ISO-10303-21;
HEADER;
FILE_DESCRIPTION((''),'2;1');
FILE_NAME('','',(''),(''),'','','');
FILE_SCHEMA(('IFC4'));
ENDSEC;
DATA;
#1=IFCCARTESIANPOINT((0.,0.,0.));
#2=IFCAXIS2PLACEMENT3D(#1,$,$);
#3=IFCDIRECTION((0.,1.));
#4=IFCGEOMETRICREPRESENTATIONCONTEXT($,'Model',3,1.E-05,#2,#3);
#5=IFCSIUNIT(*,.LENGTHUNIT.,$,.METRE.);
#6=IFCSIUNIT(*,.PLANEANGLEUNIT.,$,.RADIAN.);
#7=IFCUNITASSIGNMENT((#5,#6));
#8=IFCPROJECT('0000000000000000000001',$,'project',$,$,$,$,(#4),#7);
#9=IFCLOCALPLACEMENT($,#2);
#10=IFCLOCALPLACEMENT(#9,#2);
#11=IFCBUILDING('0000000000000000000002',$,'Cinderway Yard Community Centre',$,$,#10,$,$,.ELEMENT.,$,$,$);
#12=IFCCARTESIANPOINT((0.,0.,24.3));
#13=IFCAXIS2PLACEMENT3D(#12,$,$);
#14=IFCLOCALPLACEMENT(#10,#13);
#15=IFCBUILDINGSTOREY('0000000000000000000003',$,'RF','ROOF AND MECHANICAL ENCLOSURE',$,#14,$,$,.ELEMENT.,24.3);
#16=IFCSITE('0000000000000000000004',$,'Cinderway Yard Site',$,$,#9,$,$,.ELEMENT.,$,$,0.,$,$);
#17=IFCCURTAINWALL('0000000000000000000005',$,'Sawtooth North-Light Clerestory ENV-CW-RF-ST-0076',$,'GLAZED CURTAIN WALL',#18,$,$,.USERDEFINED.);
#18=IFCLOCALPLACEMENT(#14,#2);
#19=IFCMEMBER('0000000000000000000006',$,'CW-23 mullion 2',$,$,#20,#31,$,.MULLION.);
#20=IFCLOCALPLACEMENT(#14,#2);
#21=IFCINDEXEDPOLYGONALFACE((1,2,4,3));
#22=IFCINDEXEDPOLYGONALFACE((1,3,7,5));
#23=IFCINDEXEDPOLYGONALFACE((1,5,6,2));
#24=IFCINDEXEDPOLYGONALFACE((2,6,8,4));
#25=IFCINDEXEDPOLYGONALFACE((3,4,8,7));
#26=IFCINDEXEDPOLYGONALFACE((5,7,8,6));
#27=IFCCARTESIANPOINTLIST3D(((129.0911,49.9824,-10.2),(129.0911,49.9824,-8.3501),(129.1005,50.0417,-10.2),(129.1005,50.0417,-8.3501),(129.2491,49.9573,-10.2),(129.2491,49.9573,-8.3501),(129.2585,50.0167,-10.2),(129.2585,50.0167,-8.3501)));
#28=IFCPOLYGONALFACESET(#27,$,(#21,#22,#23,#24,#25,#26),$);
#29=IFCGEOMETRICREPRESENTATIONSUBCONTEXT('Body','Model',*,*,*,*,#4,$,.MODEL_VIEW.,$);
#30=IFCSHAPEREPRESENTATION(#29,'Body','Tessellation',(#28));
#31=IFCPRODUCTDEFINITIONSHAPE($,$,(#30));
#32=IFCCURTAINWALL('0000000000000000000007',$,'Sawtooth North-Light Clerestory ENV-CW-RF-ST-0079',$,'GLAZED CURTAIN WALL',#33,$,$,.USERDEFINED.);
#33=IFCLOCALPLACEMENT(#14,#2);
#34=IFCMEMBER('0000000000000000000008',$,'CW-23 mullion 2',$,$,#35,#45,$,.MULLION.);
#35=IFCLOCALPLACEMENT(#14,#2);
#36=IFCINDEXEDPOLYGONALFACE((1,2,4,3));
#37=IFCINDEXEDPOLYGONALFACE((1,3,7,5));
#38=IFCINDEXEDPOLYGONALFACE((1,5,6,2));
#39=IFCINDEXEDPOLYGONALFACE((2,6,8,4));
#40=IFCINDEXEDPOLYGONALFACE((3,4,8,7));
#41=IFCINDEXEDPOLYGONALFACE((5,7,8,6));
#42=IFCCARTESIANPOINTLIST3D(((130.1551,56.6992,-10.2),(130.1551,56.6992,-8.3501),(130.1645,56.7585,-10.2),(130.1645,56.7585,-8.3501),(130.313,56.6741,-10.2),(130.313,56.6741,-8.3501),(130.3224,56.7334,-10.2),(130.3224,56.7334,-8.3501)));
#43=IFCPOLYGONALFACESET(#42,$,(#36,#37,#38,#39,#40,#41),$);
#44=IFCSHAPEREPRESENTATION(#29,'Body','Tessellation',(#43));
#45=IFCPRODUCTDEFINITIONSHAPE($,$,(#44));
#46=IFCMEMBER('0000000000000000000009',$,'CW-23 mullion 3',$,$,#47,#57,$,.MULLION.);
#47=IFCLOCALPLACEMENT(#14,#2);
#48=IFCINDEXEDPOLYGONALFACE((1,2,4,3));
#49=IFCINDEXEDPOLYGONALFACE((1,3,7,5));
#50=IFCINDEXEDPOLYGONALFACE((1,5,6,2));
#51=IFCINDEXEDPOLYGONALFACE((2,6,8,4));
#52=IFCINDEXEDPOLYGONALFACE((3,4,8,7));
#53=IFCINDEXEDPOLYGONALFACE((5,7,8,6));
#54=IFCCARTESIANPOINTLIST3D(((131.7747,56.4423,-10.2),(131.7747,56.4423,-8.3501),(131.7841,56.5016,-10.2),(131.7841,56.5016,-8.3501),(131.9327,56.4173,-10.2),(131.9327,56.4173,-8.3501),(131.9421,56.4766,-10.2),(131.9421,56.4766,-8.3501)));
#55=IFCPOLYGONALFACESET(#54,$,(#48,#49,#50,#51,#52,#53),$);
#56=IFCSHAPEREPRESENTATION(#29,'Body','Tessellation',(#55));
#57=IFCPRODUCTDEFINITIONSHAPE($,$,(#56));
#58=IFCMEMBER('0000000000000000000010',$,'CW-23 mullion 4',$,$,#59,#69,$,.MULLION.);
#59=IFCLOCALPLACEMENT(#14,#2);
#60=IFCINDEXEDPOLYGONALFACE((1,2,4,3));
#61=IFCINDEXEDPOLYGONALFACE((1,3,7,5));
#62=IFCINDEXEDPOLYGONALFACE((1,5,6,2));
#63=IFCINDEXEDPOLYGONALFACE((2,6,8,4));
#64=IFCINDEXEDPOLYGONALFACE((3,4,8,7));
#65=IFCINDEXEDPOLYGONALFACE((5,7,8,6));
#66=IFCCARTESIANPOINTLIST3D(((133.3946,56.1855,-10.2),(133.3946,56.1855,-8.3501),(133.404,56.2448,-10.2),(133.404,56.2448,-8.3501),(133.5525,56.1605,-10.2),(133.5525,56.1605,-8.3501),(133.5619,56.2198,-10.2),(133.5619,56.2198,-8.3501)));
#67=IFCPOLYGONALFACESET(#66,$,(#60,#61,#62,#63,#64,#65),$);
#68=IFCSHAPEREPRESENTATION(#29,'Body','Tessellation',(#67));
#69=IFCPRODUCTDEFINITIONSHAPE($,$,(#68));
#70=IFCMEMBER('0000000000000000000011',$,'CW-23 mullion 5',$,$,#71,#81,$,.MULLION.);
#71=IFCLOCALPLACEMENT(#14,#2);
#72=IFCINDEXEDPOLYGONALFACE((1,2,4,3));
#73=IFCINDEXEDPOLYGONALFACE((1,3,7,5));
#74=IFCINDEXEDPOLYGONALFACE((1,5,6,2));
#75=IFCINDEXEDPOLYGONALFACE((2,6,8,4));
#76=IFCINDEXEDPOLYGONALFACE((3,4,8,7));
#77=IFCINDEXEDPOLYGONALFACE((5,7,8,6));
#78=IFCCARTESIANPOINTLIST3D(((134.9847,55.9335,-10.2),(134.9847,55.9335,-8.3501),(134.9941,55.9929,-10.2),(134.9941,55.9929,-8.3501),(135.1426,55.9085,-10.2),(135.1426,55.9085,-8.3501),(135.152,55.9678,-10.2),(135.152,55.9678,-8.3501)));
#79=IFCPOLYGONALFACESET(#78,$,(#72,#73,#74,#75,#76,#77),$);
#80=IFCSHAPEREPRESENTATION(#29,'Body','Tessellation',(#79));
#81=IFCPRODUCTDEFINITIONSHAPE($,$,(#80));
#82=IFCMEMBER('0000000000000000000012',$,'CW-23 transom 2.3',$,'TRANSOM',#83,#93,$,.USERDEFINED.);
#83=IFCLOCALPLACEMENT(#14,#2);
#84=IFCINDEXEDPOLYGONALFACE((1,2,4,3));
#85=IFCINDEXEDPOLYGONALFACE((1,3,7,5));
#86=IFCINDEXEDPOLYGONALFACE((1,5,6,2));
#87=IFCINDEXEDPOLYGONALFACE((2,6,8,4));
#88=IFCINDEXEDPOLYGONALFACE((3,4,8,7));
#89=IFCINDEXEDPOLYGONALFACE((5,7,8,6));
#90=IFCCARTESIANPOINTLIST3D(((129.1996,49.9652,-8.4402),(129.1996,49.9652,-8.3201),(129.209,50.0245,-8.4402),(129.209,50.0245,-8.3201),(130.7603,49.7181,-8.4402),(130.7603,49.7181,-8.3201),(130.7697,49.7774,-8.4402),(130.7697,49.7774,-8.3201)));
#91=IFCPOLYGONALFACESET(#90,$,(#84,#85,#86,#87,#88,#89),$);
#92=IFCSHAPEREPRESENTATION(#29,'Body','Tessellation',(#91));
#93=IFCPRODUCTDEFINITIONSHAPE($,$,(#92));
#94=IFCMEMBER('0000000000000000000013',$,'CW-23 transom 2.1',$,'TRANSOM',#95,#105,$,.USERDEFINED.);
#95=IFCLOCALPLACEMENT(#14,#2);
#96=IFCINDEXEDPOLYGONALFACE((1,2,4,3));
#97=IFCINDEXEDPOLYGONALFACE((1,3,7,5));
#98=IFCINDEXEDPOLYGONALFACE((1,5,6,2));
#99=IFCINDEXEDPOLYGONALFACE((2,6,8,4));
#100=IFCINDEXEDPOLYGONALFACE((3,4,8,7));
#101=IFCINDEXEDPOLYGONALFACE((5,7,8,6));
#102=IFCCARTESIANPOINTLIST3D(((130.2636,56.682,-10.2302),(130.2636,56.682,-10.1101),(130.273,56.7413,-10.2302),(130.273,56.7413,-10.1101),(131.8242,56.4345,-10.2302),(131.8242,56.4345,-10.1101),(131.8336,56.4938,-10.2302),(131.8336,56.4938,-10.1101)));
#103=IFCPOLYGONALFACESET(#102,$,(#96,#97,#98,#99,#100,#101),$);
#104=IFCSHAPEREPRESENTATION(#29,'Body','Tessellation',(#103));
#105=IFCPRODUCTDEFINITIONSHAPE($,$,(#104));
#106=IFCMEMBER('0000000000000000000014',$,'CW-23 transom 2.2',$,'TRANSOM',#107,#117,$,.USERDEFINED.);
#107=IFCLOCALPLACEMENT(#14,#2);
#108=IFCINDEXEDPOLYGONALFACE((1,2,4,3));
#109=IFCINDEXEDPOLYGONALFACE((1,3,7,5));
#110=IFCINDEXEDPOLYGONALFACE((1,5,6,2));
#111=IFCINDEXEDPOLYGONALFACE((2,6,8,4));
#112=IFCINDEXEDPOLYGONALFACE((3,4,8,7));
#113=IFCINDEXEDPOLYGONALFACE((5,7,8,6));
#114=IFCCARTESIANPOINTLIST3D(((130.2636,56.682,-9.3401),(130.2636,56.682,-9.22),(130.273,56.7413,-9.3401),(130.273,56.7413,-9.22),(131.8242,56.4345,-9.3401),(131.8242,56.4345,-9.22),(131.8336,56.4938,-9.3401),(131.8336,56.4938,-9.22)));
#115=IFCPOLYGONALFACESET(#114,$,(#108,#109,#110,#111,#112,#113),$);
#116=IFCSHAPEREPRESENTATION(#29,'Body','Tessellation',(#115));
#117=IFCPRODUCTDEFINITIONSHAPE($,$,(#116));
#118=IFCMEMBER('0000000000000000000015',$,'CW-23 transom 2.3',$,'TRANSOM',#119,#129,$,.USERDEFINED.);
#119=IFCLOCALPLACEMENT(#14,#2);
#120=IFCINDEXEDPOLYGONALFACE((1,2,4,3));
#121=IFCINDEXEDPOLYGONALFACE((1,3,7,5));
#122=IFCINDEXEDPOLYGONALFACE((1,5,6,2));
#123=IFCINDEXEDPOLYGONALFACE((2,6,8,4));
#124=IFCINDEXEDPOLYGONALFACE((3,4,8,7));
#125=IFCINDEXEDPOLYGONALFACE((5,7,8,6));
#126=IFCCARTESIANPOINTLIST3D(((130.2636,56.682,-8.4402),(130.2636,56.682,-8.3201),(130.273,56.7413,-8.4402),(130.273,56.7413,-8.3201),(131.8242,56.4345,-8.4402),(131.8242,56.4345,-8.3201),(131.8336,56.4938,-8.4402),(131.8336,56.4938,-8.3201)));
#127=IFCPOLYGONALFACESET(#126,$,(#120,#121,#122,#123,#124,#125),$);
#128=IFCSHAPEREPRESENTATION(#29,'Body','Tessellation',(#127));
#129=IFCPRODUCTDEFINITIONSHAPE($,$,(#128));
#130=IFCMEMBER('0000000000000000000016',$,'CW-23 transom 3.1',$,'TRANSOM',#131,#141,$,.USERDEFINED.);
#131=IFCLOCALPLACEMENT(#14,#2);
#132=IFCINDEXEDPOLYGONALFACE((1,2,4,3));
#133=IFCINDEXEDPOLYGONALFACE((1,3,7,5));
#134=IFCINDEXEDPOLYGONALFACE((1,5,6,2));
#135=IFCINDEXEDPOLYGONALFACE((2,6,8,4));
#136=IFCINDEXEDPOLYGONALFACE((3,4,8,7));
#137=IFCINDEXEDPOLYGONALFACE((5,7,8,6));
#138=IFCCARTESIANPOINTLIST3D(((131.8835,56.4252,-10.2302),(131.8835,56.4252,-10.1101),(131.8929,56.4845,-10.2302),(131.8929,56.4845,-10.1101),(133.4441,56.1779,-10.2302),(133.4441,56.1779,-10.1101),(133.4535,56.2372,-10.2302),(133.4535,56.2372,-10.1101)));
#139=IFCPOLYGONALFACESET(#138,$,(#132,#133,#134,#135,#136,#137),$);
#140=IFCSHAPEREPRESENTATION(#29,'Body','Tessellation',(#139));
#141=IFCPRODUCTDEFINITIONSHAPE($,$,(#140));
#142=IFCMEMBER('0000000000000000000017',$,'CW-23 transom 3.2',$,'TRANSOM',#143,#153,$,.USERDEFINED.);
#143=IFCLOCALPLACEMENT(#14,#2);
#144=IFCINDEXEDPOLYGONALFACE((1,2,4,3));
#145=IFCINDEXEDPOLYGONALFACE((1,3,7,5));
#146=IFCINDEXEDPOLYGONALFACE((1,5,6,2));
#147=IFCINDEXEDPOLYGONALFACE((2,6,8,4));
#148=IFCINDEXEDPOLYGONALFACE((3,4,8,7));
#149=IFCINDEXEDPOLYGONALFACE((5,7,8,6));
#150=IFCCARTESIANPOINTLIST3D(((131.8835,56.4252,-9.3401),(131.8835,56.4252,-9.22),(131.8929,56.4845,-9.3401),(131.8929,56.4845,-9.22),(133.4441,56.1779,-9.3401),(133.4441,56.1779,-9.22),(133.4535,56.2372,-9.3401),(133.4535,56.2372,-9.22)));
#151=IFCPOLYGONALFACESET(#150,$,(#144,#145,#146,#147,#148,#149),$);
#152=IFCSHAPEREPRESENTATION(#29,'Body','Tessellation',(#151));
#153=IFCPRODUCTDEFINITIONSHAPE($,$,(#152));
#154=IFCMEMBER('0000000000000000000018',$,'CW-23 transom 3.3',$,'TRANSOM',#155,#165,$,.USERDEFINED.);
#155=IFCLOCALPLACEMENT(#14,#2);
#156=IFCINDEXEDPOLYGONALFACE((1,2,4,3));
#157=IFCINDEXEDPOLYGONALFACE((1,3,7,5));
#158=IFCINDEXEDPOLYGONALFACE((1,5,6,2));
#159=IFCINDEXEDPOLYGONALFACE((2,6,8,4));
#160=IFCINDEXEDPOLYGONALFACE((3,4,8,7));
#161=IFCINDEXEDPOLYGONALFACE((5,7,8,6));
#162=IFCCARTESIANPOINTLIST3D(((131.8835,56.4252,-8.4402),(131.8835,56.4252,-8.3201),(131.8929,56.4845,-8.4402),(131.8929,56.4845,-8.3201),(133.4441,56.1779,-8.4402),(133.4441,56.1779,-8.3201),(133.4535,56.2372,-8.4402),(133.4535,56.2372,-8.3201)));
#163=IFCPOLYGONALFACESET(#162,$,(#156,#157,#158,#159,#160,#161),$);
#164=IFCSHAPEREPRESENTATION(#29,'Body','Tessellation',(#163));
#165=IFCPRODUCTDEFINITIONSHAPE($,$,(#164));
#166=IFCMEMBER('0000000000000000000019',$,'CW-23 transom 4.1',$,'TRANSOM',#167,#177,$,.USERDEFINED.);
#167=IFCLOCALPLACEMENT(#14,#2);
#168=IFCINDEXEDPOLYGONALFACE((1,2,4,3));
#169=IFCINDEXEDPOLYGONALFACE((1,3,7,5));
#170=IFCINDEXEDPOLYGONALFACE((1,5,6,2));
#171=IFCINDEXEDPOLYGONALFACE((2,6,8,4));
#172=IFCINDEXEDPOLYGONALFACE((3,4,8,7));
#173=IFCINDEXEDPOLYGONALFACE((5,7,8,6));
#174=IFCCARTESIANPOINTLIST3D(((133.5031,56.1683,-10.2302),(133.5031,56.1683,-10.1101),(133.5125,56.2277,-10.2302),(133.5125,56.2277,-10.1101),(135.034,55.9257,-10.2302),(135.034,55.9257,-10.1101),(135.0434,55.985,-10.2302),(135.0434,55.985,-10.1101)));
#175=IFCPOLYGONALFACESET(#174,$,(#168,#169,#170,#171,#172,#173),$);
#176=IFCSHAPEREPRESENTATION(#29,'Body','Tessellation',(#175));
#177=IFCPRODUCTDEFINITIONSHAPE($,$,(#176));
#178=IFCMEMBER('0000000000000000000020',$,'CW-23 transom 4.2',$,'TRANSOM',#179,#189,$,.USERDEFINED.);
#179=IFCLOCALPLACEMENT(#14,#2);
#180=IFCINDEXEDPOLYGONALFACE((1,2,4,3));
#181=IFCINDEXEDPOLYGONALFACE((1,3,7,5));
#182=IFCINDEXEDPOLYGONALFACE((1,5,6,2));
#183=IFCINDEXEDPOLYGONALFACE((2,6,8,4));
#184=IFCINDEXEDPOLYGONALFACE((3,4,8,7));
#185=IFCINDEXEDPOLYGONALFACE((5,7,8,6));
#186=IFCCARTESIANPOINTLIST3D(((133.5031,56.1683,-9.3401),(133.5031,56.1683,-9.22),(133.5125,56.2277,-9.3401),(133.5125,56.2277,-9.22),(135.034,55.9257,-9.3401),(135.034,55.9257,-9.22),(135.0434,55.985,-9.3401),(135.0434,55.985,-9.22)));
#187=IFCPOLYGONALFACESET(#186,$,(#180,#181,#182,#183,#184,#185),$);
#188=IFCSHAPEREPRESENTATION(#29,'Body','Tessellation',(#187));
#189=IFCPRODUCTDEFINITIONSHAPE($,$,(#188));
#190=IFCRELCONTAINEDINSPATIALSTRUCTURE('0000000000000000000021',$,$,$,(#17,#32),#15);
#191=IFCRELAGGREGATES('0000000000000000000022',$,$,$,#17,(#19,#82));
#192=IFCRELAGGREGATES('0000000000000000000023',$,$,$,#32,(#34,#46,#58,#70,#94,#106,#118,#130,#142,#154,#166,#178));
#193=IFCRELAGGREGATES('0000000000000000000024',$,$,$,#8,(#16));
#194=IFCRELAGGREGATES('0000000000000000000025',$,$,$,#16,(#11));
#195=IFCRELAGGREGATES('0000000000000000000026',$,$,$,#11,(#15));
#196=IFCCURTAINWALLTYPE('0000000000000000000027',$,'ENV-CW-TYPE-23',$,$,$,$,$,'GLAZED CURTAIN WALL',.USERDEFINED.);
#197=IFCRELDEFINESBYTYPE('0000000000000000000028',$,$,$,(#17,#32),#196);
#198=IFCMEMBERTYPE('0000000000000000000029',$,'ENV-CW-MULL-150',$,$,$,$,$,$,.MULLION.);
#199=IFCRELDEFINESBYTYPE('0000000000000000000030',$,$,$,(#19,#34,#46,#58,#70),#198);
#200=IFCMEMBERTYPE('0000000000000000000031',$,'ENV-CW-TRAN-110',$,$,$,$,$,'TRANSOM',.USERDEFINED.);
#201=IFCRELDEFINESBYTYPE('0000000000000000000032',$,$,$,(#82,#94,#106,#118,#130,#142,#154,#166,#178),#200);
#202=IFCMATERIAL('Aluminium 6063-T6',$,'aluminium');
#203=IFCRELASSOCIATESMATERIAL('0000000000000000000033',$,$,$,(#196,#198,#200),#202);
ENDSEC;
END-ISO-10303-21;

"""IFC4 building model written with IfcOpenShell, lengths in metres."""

from ifc_helpers import new_model, si_unit, direction, frame, origin, origin_2d, place, context, subcontext, project, spatial, rectangle, extrude, material, material_profile, profile_set, type_object, element, aggregate, save


model = new_model("IFC4")

# Units and contexts
model_context = context("Model", 3, precision=1e-05, world=origin(), true_north=direction((0.0, 1.0)))
body_context = subcontext(model_context, "Body", "Model", "MODEL_VIEW")
ifc_project = project(units=[si_unit("LENGTHUNIT", "METRE"), si_unit("PLANEANGLEUNIT", "RADIAN")], contexts=[model_context])

# Site, building, storey
site_placement = place(None, origin())
site = spatial("IfcSite", under=ifc_project, at=site_placement, Name="Cinderway Yard Site", CompositionType="ELEMENT", RefElevation=0.0)
building_placement = place(site_placement, origin())
building = spatial("IfcBuilding", under=site, at=building_placement, Name="Cinderway Yard Community Centre", CompositionType="ELEMENT")
storey_placement = place(building_placement, frame((0.0, 0.0, 24.3)))
storey = spatial("IfcBuildingStorey", under=building, at=storey_placement, Name="RF", Description="ROOF AND MECHANICAL ENCLOSURE", CompositionType="ELEMENT", Elevation=24.3)

# Curtain wall, member
ifc_material_1 = material(Name="Aluminium 6063-T6", Category="aluminium")
curtain_wall_type = type_object("IfcCurtainWallType", Name="ENV-CW-TYPE-23", ElementType="GLAZED CURTAIN WALL", PredefinedType="USERDEFINED", material=ifc_material_1)
curtain_wall_1_placement = place(storey_placement, origin())
curtain_wall_1 = element("IfcCurtainWall", 1, at=curtain_wall_1_placement, inside=storey, type_object=curtain_wall_type, Name="Sawtooth North-Light Clerestory ENV-CW-RF-ST-0076", ObjectType="GLAZED CURTAIN WALL", PredefinedType="USERDEFINED")
ifc_material_profile_1 = material_profile(ifc_material_1, rectangle(XDim=0.0601, YDim=0.1599, at=origin_2d()), Name="Aluminium 6063-T6")
ifc_profile_set_1 = profile_set([ifc_material_profile_1], Name="Aluminium 6063-T6")
member_type_1 = type_object("IfcMemberType", Name="ENV-CW-MULL-150", PredefinedType="MULLION", material=ifc_profile_set_1)
member_1_placement = place(storey_placement, frame((129.1748, 49.9995, -10.2), z_axis=(0.0, 0.0, 1.0), x_axis=(0.156409, 0.987692, 0.0)))
member_1 = element("IfcMember", 2, at=member_1_placement, type_object=member_type_1, Name="CW-23 mullion 2", PredefinedType="MULLION", context=body_context, shape_type="SweptSolid", body=[
    extrude(rectangle(XDim=0.0601, YDim=0.1599, at=origin_2d()), origin(), (0.0, 0.0, 1.0), 1.8499),
])

# Curtain wall, members
curtain_wall_2_placement = place(storey_placement, origin())
curtain_wall_2 = element("IfcCurtainWall", 3, at=curtain_wall_2_placement, inside=storey, type_object=curtain_wall_type, Name="Sawtooth North-Light Clerestory ENV-CW-RF-ST-0079", ObjectType="GLAZED CURTAIN WALL", PredefinedType="USERDEFINED")
member_2_placement = place(storey_placement, frame((130.2388, 56.7163, -10.2), z_axis=(0.0, 0.0, 1.0), x_axis=(0.156557, 0.987669, 0.0)))
member_2 = element("IfcMember", 4, at=member_2_placement, type_object=member_type_1, Name="CW-23 mullion 2", PredefinedType="MULLION", context=body_context, shape_type="SweptSolid", body=[
    extrude(rectangle(XDim=0.0601, YDim=0.1599, at=origin_2d()), origin(), (0.0, 0.0, 1.0), 1.8499),
])
member_3_placement = place(storey_placement, frame((131.8584, 56.4595, -10.2), z_axis=(0.0, 0.0, 1.0), x_axis=(0.156557, 0.987669, 0.0)))
member_3 = element("IfcMember", 5, at=member_3_placement, type_object=member_type_1, Name="CW-23 mullion 3", PredefinedType="MULLION", context=body_context, shape_type="SweptSolid", body=[
    extrude(rectangle(XDim=0.0601, YDim=0.1599, at=origin_2d()), origin(), (0.0, 0.0, 1.0), 1.8499),
])
member_4_placement = place(storey_placement, frame((133.4783, 56.2026, -10.2), z_axis=(0.0, 0.0, 1.0), x_axis=(0.156557, 0.987669, 0.0)))
member_4 = element("IfcMember", 6, at=member_4_placement, type_object=member_type_1, Name="CW-23 mullion 4", PredefinedType="MULLION", context=body_context, shape_type="SweptSolid", body=[
    extrude(rectangle(XDim=0.0601, YDim=0.1599, at=origin_2d()), origin(), (0.0, 0.0, 1.0), 1.8499),
])
member_5_placement = place(storey_placement, frame((135.0684, 55.9507, -10.2), z_axis=(0.0, 0.0, 1.0), x_axis=(0.156557, 0.987669, 0.0)))
member_5 = element("IfcMember", 7, at=member_5_placement, type_object=member_type_1, Name="CW-23 mullion 5", PredefinedType="MULLION", context=body_context, shape_type="SweptSolid", body=[
    extrude(rectangle(XDim=0.0601, YDim=0.1599, at=origin_2d()), origin(), (0.0, 0.0, 1.0), 1.8499),
])

# Members
ifc_material_profile_2 = material_profile(ifc_material_1, rectangle(XDim=0.0601, YDim=0.1201, at=origin_2d()), Name="Aluminium 6063-T6")
ifc_profile_set_2 = profile_set([ifc_material_profile_2], Name="Aluminium 6063-T6")
member_type_2 = type_object("IfcMemberType", Name="ENV-CW-TRAN-110", ElementType="TRANSOM", PredefinedType="USERDEFINED", material=ifc_profile_set_2)
member_6_placement = place(storey_placement, frame((129.2043, 49.9949, -8.3801), z_axis=(0.987698, -0.156375, 0.0), x_axis=(0.156375, 0.987698, 0.0)))
member_6 = element("IfcMember", 8, at=member_6_placement, type_object=member_type_2, Name="CW-23 transom 2.3", ObjectType="TRANSOM", PredefinedType="USERDEFINED", context=body_context, shape_type="SweptSolid", body=[
    extrude(rectangle(XDim=0.0601, YDim=0.1201, at=origin_2d()), origin(), (0.0, 0.0, 1.0), 1.5801),
])
aggregate(curtain_wall_1, [member_1, member_6])
member_7_placement = place(storey_placement, frame((130.2683, 56.7117, -10.1702), z_axis=(0.98765, -0.156677, 0.0), x_axis=(0.156677, 0.98765, 0.0)))
member_7 = element("IfcMember", 9, at=member_7_placement, type_object=member_type_2, Name="CW-23 transom 2.1", ObjectType="TRANSOM", PredefinedType="USERDEFINED", context=body_context, shape_type="SweptSolid", body=[
    extrude(rectangle(XDim=0.0601, YDim=0.1201, at=origin_2d()), origin(), (0.0, 0.0, 1.0), 1.5801),
])
member_8_placement = place(storey_placement, frame((130.2683, 56.7117, -9.28), z_axis=(0.98765, -0.156677, 0.0), x_axis=(0.156677, 0.98765, 0.0)))
member_8 = element("IfcMember", 10, at=member_8_placement, type_object=member_type_2, Name="CW-23 transom 2.2", ObjectType="TRANSOM", PredefinedType="USERDEFINED", context=body_context, shape_type="SweptSolid", body=[
    extrude(rectangle(XDim=0.0601, YDim=0.1201, at=origin_2d()), origin(), (0.0, 0.0, 1.0), 1.5801),
])
member_9_placement = place(storey_placement, frame((130.2683, 56.7117, -8.3801), z_axis=(0.98765, -0.156677, 0.0), x_axis=(0.156677, 0.98765, 0.0)))
member_9 = element("IfcMember", 11, at=member_9_placement, type_object=member_type_2, Name="CW-23 transom 2.3", ObjectType="TRANSOM", PredefinedType="USERDEFINED", context=body_context, shape_type="SweptSolid", body=[
    extrude(rectangle(XDim=0.0601, YDim=0.1201, at=origin_2d()), origin(), (0.0, 0.0, 1.0), 1.5801),
])
member_10_placement = place(storey_placement, frame((131.8882, 56.4548, -10.1702), z_axis=(0.987674, -0.156526, 0.0), x_axis=(0.156526, 0.987674, 0.0)))
member_10 = element("IfcMember", 12, at=member_10_placement, type_object=member_type_2, Name="CW-23 transom 3.1", ObjectType="TRANSOM", PredefinedType="USERDEFINED", context=body_context, shape_type="SweptSolid", body=[
    extrude(rectangle(XDim=0.0601, YDim=0.1201, at=origin_2d()), origin(), (0.0, 0.0, 1.0), 1.5801),
])
member_11_placement = place(storey_placement, frame((131.8882, 56.4548, -9.28), z_axis=(0.987674, -0.156526, 0.0), x_axis=(0.156526, 0.987674, 0.0)))
member_11 = element("IfcMember", 13, at=member_11_placement, type_object=member_type_2, Name="CW-23 transom 3.2", ObjectType="TRANSOM", PredefinedType="USERDEFINED", context=body_context, shape_type="SweptSolid", body=[
    extrude(rectangle(XDim=0.0601, YDim=0.1201, at=origin_2d()), origin(), (0.0, 0.0, 1.0), 1.5801),
])
member_12_placement = place(storey_placement, frame((131.8882, 56.4548, -8.3801), z_axis=(0.987674, -0.156526, 0.0), x_axis=(0.156526, 0.987674, 0.0)))
member_12 = element("IfcMember", 14, at=member_12_placement, type_object=member_type_2, Name="CW-23 transom 3.3", ObjectType="TRANSOM", PredefinedType="USERDEFINED", context=body_context, shape_type="SweptSolid", body=[
    extrude(rectangle(XDim=0.0601, YDim=0.1201, at=origin_2d()), origin(), (0.0, 0.0, 1.0), 1.5801),
])
member_13_placement = place(storey_placement, frame((133.5078, 56.198, -10.1702), z_axis=(0.98767, -0.156553, 0.0), x_axis=(0.156553, 0.98767, 0.0)))
member_13 = element("IfcMember", 15, at=member_13_placement, type_object=member_type_2, Name="CW-23 transom 4.1", ObjectType="TRANSOM", PredefinedType="USERDEFINED", context=body_context, shape_type="SweptSolid", body=[
    extrude(rectangle(XDim=0.0601, YDim=0.1201, at=origin_2d()), origin(), (0.0, 0.0, 1.0), 1.55),
])
member_14_placement = place(storey_placement, frame((133.5078, 56.198, -9.28), z_axis=(0.98767, -0.156553, 0.0), x_axis=(0.156553, 0.98767, 0.0)))
member_14 = element("IfcMember", 16, at=member_14_placement, type_object=member_type_2, Name="CW-23 transom 4.2", ObjectType="TRANSOM", PredefinedType="USERDEFINED", context=body_context, shape_type="SweptSolid", body=[
    extrude(rectangle(XDim=0.0601, YDim=0.1201, at=origin_2d()), origin(), (0.0, 0.0, 1.0), 1.55),
])

aggregate(curtain_wall_2, [member_2, member_3, member_4, member_5, member_7, member_8, member_9, member_10, member_11, member_12, member_13, member_14])

save(model, "model.ifc")
